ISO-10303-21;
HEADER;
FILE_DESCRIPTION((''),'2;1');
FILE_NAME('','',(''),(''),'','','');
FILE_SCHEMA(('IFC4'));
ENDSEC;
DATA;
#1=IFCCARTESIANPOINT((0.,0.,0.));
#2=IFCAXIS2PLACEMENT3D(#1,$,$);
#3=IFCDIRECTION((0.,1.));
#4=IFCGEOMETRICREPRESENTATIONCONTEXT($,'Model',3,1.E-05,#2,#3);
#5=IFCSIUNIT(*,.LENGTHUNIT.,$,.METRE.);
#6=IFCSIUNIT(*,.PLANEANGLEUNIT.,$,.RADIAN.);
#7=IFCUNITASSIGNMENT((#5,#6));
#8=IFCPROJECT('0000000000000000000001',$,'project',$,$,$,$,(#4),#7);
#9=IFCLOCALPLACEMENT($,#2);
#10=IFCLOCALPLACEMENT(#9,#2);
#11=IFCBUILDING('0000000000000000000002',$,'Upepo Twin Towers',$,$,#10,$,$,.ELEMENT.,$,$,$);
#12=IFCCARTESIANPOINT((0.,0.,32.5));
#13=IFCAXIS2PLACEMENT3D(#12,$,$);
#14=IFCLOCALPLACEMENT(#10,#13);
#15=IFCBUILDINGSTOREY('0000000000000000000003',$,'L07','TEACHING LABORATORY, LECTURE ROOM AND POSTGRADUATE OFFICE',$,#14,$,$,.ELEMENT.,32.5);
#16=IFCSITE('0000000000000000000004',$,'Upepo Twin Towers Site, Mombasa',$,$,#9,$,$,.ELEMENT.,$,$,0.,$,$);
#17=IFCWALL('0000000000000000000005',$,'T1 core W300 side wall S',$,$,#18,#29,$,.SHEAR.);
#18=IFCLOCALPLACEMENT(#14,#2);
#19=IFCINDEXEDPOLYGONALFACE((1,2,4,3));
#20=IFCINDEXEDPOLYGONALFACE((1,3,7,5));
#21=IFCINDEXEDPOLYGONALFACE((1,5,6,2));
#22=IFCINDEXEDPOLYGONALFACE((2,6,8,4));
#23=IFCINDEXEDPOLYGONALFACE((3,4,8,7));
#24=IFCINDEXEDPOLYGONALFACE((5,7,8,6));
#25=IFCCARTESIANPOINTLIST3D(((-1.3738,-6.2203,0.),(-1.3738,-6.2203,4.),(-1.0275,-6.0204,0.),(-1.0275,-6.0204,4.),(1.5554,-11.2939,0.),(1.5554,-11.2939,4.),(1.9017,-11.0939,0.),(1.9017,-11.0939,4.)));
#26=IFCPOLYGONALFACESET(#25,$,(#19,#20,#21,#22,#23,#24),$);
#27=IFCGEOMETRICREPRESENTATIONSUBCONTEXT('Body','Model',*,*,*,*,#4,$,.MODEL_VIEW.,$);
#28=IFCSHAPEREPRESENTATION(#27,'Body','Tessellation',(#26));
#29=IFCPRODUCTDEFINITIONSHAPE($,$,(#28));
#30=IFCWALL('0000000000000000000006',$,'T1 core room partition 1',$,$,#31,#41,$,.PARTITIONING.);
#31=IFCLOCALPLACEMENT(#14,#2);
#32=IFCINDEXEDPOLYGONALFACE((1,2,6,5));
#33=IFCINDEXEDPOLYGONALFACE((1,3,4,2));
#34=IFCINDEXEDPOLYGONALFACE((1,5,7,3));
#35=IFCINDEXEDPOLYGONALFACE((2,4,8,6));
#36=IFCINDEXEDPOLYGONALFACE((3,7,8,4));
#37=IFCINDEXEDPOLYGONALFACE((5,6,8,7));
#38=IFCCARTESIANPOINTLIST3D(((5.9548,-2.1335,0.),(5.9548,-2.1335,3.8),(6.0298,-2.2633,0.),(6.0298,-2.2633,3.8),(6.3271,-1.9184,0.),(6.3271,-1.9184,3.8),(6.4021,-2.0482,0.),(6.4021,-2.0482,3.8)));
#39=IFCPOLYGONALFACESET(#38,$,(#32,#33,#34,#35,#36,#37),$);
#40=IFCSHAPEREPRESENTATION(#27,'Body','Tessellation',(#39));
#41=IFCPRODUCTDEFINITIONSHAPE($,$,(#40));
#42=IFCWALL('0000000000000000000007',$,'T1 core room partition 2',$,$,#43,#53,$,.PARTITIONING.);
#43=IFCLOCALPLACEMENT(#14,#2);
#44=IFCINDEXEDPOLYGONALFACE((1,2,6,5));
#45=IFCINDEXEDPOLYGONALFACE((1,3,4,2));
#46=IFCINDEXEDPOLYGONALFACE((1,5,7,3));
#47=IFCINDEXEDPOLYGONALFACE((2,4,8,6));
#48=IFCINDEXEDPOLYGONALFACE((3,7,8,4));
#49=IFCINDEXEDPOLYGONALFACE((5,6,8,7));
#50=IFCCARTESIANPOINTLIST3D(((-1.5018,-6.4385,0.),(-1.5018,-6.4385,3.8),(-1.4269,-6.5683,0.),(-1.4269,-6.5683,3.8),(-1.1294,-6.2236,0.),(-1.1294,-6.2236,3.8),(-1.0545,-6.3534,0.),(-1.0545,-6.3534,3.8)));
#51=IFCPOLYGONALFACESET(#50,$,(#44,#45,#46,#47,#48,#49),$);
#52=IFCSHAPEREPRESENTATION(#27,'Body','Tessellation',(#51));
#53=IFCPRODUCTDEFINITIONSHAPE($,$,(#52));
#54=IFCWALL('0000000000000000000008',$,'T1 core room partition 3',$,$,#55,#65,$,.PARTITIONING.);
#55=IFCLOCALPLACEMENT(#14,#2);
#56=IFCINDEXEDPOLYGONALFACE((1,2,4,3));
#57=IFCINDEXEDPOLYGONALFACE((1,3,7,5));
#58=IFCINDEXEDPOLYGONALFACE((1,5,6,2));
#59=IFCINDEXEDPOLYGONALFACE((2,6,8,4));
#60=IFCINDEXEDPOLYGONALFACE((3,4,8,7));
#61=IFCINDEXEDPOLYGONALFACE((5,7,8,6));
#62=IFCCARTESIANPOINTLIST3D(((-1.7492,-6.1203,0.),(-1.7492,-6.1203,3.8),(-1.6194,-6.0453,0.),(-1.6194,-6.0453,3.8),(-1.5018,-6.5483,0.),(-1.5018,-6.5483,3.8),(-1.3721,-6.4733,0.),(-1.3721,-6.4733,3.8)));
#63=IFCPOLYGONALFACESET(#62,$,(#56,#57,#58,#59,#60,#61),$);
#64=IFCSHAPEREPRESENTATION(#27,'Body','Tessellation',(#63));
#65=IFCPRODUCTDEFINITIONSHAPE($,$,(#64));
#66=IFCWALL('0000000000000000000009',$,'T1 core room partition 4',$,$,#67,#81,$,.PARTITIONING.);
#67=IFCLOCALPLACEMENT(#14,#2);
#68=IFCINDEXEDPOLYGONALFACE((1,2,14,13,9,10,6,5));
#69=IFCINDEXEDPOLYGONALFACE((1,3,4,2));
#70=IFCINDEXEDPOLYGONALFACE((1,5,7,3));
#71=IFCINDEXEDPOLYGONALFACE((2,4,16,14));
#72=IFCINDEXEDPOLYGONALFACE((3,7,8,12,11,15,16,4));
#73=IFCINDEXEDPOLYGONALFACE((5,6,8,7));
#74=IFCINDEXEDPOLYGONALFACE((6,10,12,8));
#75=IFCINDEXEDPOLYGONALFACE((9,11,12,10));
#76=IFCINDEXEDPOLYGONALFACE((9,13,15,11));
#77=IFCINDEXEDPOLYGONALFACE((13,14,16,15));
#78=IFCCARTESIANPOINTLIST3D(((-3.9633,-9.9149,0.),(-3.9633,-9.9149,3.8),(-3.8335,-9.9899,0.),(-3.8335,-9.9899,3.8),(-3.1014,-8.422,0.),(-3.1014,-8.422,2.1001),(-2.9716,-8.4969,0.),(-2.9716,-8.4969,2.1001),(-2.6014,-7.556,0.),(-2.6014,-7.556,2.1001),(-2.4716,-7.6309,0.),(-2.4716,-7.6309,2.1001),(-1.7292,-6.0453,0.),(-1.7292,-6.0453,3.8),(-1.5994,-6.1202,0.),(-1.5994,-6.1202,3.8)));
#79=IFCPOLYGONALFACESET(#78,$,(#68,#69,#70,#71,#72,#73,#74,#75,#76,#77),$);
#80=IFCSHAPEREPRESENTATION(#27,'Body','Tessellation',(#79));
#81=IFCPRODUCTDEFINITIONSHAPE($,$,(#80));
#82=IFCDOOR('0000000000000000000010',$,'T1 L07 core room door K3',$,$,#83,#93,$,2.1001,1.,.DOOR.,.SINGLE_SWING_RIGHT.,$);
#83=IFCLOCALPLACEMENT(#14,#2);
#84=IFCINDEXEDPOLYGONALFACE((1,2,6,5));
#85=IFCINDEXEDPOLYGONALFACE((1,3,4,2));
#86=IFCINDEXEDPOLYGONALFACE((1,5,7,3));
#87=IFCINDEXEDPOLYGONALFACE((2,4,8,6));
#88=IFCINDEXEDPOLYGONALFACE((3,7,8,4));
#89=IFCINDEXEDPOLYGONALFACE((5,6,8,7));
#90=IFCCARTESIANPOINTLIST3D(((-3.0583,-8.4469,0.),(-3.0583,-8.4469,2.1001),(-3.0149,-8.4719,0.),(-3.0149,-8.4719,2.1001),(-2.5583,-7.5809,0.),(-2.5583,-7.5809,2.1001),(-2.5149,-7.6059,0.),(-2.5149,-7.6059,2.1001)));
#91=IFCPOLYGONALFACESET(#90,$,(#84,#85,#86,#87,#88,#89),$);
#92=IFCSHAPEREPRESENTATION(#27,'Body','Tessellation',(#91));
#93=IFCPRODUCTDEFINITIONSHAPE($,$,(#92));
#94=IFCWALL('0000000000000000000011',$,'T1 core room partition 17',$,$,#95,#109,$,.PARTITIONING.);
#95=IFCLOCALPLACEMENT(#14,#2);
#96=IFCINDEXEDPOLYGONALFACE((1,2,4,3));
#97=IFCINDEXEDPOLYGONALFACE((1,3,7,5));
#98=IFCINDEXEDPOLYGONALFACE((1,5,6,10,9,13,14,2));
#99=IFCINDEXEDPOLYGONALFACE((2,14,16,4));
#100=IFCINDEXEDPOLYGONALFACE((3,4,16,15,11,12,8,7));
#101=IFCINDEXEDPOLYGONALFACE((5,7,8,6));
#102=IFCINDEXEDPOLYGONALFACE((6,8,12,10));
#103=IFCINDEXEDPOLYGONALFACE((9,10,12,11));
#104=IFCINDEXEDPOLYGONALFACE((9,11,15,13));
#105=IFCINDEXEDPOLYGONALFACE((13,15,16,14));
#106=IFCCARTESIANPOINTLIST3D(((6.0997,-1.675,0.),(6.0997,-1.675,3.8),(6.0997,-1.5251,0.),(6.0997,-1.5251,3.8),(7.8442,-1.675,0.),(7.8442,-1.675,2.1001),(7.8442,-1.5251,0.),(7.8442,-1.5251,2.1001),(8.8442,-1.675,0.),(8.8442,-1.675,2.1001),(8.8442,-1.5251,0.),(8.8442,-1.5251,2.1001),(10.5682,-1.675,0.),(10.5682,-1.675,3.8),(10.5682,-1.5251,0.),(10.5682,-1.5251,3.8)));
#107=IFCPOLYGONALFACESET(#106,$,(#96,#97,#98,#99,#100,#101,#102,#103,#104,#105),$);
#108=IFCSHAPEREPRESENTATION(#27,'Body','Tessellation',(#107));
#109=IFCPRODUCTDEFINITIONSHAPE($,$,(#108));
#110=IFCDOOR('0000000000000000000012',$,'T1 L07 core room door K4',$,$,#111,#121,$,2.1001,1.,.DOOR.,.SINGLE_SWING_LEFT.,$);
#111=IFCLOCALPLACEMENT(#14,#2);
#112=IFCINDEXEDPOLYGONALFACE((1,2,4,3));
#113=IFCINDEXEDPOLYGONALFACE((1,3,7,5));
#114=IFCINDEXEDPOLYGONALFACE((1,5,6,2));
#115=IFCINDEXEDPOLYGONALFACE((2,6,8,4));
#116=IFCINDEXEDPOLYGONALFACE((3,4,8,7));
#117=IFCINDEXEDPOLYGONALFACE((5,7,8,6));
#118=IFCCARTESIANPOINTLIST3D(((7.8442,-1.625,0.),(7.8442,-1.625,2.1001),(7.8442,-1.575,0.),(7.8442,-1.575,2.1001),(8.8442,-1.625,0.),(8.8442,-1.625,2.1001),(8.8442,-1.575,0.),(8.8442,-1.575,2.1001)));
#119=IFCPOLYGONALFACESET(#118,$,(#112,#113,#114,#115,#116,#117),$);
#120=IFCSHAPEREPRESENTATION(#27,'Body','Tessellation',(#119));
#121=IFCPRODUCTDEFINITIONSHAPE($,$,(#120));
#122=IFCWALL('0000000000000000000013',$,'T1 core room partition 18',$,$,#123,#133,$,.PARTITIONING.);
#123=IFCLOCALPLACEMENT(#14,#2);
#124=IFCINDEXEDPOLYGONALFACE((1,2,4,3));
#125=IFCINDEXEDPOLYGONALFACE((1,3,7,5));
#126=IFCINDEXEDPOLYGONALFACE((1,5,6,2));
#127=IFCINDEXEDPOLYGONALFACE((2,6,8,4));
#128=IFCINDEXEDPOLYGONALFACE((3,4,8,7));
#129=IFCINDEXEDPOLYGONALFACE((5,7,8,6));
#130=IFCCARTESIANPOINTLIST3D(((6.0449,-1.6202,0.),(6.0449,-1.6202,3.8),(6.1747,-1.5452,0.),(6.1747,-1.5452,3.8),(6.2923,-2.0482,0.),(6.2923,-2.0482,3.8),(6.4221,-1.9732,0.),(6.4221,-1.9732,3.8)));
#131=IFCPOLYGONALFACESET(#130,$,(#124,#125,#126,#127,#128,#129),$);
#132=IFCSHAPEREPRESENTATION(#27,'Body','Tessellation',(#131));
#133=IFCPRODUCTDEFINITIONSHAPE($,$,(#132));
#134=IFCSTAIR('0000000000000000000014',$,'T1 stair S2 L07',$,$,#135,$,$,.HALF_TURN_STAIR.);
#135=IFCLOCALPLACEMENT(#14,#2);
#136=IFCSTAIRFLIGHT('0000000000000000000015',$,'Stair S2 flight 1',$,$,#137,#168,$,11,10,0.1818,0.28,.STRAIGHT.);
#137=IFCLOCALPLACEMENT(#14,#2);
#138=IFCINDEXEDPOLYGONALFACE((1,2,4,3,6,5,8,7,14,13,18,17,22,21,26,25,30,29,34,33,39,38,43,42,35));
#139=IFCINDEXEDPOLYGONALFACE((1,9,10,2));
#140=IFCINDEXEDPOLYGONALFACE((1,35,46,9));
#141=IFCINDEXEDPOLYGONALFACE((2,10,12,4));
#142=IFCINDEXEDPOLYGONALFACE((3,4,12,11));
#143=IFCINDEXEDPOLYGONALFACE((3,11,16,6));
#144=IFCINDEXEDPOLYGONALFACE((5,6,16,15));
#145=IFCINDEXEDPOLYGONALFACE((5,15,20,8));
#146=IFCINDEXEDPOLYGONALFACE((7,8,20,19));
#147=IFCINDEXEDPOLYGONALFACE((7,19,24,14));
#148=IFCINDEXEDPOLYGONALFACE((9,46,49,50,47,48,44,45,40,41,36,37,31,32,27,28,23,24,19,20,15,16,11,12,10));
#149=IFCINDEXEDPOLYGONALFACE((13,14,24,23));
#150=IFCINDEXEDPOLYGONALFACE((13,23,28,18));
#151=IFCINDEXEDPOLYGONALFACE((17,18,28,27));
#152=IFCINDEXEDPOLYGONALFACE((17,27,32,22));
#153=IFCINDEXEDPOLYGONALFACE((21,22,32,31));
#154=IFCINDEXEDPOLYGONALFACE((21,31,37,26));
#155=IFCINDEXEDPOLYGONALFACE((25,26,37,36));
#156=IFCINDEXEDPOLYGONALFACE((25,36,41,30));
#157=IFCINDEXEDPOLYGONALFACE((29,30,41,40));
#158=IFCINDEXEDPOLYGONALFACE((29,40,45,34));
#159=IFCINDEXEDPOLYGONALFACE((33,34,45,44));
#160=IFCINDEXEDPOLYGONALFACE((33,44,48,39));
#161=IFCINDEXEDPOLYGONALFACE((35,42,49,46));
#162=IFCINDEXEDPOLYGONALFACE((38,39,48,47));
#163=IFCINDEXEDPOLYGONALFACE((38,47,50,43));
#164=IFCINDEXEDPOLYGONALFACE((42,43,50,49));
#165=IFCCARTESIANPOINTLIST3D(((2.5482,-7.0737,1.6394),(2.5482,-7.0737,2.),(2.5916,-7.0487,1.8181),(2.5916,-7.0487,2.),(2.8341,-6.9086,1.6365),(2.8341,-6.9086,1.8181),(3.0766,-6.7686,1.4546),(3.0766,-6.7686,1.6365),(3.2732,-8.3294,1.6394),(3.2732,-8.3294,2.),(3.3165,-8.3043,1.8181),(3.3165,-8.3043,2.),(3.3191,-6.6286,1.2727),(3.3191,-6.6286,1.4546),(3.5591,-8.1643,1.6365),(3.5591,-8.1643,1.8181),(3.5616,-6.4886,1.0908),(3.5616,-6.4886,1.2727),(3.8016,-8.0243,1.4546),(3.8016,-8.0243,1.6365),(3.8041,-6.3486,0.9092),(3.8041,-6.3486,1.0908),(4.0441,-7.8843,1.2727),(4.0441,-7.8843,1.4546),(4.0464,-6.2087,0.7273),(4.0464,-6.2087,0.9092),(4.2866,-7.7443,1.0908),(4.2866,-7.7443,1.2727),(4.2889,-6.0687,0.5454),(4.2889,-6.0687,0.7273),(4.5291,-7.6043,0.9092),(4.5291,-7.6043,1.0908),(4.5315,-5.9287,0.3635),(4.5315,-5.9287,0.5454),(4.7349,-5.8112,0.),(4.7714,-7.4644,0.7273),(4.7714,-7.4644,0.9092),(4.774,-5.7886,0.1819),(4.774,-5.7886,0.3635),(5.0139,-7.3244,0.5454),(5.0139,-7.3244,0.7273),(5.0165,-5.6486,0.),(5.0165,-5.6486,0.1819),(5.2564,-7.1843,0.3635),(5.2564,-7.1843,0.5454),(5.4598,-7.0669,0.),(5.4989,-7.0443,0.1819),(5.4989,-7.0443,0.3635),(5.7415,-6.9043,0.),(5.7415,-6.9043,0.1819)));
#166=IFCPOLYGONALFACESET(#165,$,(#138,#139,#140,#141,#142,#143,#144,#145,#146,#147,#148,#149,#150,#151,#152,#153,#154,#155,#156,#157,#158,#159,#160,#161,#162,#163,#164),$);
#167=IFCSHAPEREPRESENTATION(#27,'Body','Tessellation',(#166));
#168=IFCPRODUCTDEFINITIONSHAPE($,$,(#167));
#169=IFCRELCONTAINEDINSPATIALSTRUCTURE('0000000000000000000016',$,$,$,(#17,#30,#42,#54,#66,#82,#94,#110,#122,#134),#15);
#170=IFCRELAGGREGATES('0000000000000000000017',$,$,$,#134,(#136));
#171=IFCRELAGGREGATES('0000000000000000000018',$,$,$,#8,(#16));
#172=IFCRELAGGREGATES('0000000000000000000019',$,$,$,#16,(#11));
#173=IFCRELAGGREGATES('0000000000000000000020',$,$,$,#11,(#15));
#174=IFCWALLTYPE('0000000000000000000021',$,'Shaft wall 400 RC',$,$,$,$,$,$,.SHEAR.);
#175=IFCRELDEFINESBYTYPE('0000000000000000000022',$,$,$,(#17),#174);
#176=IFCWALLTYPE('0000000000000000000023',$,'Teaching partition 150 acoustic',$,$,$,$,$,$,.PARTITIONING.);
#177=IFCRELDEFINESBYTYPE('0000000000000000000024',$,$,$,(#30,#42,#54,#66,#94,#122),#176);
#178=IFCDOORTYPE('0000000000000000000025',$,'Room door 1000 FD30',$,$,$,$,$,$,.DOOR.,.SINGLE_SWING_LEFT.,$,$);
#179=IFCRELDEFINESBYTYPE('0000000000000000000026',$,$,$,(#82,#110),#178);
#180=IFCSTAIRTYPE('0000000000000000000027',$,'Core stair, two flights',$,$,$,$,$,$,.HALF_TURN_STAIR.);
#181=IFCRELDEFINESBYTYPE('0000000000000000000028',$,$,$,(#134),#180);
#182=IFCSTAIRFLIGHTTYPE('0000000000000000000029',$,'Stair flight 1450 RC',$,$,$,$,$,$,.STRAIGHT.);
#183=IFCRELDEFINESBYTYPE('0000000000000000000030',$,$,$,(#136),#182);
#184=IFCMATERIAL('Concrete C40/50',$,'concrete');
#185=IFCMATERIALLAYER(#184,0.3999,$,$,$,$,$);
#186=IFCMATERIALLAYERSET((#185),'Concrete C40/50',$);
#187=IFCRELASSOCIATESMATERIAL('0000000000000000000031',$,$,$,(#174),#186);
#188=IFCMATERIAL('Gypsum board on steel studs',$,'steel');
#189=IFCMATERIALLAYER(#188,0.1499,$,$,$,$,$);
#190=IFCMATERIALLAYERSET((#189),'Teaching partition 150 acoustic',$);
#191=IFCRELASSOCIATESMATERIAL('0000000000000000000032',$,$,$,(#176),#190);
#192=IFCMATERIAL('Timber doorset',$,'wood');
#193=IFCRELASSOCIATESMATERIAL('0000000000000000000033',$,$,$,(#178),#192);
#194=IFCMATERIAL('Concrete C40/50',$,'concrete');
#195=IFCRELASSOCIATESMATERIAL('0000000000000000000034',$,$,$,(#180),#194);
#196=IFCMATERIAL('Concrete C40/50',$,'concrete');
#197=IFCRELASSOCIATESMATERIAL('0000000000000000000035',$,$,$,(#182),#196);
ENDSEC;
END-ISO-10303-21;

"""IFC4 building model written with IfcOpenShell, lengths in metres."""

from ifc_helpers import new_model, si_unit, direction, frame, frame_2d, origin, place, context, subcontext, project, spatial, polyline, rectangle, outline, extrude, material, layer, layer_set, type_object, element, fill, aggregate, save


model = new_model("IFC4")

# Units and contexts
model_context = context("Model", 3, precision=1e-05, world=origin(), true_north=direction((0.0, 1.0)))
body_context = subcontext(model_context, "Body", "Model", "MODEL_VIEW")
ifc_project = project(units=[si_unit("LENGTHUNIT", "METRE"), si_unit("PLANEANGLEUNIT", "RADIAN")], contexts=[model_context])

# Site, building, storey
site_placement = place(None, origin())
site = spatial("IfcSite", under=ifc_project, at=site_placement, Name="Upepo Twin Towers Site, Mombasa", CompositionType="ELEMENT", RefElevation=0.0)
building_placement = place(site_placement, origin())
building = spatial("IfcBuilding", under=site, at=building_placement, Name="Upepo Twin Towers", CompositionType="ELEMENT")
storey_placement = place(building_placement, frame((0.0, 0.0, 32.5)))
storey = spatial("IfcBuildingStorey", under=building, at=storey_placement, Name="L07", Description="TEACHING LABORATORY, LECTURE ROOM AND POSTGRADUATE OFFICE", CompositionType="ELEMENT", Elevation=32.5)

# Walls
ifc_material_1 = material(Name="Concrete C40/50", Category="concrete")
ifc_layer_1 = layer(ifc_material_1, 0.3999)
ifc_layer_set_1 = layer_set([ifc_layer_1], Name="Concrete C40/50")
wall_type_1 = type_object("IfcWallType", Name="Shaft wall 400 RC", PredefinedType="SHEAR", material=ifc_layer_set_1)
for number, where, z_axis, x_axis, name in (
    (1, (-1.2007, -6.1204, 0.0), (0.0, 0.0, 1.0), (0.500003, -0.866024, 0.0), "T1 core W300 side wall S"),
):
    element("IfcWall", number, at=place(storey_placement, frame(where, z_axis=z_axis, x_axis=x_axis)), inside=storey, type_object=wall_type_1, Name=name, PredefinedType="SHEAR", context=body_context, shape_type="SweptSolid", body=[
        extrude(rectangle(XDim=5.8584, YDim=0.3999, at=frame_2d((2.9292, 0.0))), origin(), (0.0, 0.0, 1.0), 4.0),
    ])
ifc_material_2 = material(Name="Gypsum board on steel studs", Category="steel")
ifc_layer_2 = layer(ifc_material_2, 0.1499)
ifc_layer_set_2 = layer_set([ifc_layer_2], Name="Teaching partition 150 acoustic")
wall_type_2 = type_object("IfcWallType", Name="Teaching partition 150 acoustic", PredefinedType="PARTITIONING", material=ifc_layer_set_2)
for number, where, z_axis, x_axis, name in (
    (2, (6.3645, -1.9834, 0.0), (0.0, 0.0, 1.0), (-0.865892, -0.50023, 0.0), "T1 core room partition 1"),
    (3, (-1.092, -6.2886, 0.0), (0.0, 0.0, 1.0), (-0.866138, -0.499804, 0.0), "T1 core room partition 2"),
):
    element("IfcWall", number, at=place(storey_placement, frame(where, z_axis=z_axis, x_axis=x_axis)), inside=storey, type_object=wall_type_2, Name=name, PredefinedType="PARTITIONING", context=body_context, shape_type="SweptSolid", body=[
        extrude(rectangle(XDim=0.4299, YDim=0.1499, at=frame_2d((0.2148, 0.0))), origin(), (0.0, 0.0, 1.0), 3.8),
    ])
wall_1_placement = place(storey_placement, frame((-1.437, -6.5107, 0.0), z_axis=(0.0, 0.0, 1.0), x_axis=(-0.500335, 0.865832, 0.0)))
element("IfcWall", 4, at=wall_1_placement, inside=storey, type_object=wall_type_2, Name="T1 core room partition 3", PredefinedType="PARTITIONING", context=body_context, shape_type="SweptSolid", body=[
    extrude(rectangle(XDim=0.4944, YDim=0.1499, at=frame_2d((0.2471, 0.0))), origin(), (0.0, 0.0, 1.0), 3.8),
])

# Walls, openings, doors
wall_2_placement = place(storey_placement, frame((-1.6643, -6.0828, 0.0), z_axis=(0.0, 0.0, 1.0), x_axis=(-0.5, -0.866025, 0.0)))
wall_2 = element("IfcWall", 5, at=wall_2_placement, inside=storey, type_object=wall_type_2, Name="T1 core room partition 4", PredefinedType="PARTITIONING", context=body_context, shape_type="SweptSolid", body=[
    extrude(rectangle(XDim=4.4683, YDim=0.1499, at=frame_2d((2.2341, 0.0))), origin(), (0.0, 0.0, 1.0), 3.8),
])
opening_1_placement = place(wall_2_placement, frame((1.7444, 0.0, 0.0)))
opening_1 = element("IfcOpeningElement", 6, at=opening_1_placement, cuts=wall_2, PredefinedType="OPENING", context=body_context, shape_type="SweptSolid", body=[
    extrude(rectangle(XDim=1.0, YDim=2.1001, at=frame_2d((0.5, 1.05))), frame((0.0, 0.085, 0.0), z_axis=(0.0, -1.0, 0.0), x_axis=(1.0, 0.0, 0.0)), (0.0, 0.0, 1.0), 0.1699),
])
ifc_material_3 = material(Name="Timber doorset", Category="wood")
door_type_1 = type_object("IfcDoorType", Name="Room door 1000 FD30", OperationType="SINGLE_SWING_LEFT", PredefinedType="DOOR", material=ifc_material_3)
door_1_placement = place(opening_1_placement, origin())
door_1 = element("IfcDoor", 7, at=door_1_placement, inside=storey, type_object=door_type_1, Name="T1 L07 core room door K3", OperationType="SINGLE_SWING_RIGHT", OverallHeight=2.1001, OverallWidth=1.0, PredefinedType="DOOR", context=body_context, shape_type="SweptSolid", body=[
    extrude(rectangle(XDim=1.0, YDim=2.1001, at=frame_2d((0.5, 1.05))), frame((0.0, 0.0249, 0.0), z_axis=(0.0, -1.0, 0.0), x_axis=(1.0, 0.0, 0.0)), (0.0, 0.0, 1.0), 0.05),
])
fill(opening_1, door_1)
wall_3_placement = place(storey_placement, frame((10.5684, -1.6001, 0.0), z_axis=(0.0, 0.0, 1.0), x_axis=(-1.0, 0.0, 0.0)))
wall_3 = element("IfcWall", 8, at=wall_3_placement, inside=storey, type_object=wall_type_2, Name="T1 core room partition 17", PredefinedType="PARTITIONING", context=body_context, shape_type="SweptSolid", body=[
    extrude(rectangle(XDim=4.4685, YDim=0.1499, at=frame_2d((2.2344, 0.0))), origin(), (0.0, 0.0, 1.0), 3.8),
])
opening_2_placement = place(wall_3_placement, frame((1.7241, 0.0, 0.0)))
opening_2 = element("IfcOpeningElement", 9, at=opening_2_placement, cuts=wall_3, PredefinedType="OPENING", context=body_context, shape_type="SweptSolid", body=[
    extrude(rectangle(XDim=1.0, YDim=2.1001, at=frame_2d((0.5, 1.05))), frame((0.0, 0.085, 0.0), z_axis=(0.0, -1.0, 0.0), x_axis=(1.0, 0.0, 0.0)), (0.0, 0.0, 1.0), 0.1699),
])
door_2_placement = place(opening_2_placement, origin())
door_2 = element("IfcDoor", 10, at=door_2_placement, inside=storey, type_object=door_type_1, Name="T1 L07 core room door K4", OperationType="SINGLE_SWING_LEFT", OverallHeight=2.1001, OverallWidth=1.0, PredefinedType="DOOR", context=body_context, shape_type="SweptSolid", body=[
    extrude(rectangle(XDim=1.0, YDim=2.1001, at=frame_2d((0.5, 1.05))), frame((0.0, 0.0249, 0.0), z_axis=(0.0, -1.0, 0.0), x_axis=(1.0, 0.0, 0.0)), (0.0, 0.0, 1.0), 0.05),
])
fill(opening_2, door_2)

# Wall
wall_4_placement = place(storey_placement, frame((6.1099, -1.5828, 0.0), z_axis=(0.0, 0.0, 1.0), x_axis=(0.500335, -0.865832, 0.0)))
element("IfcWall", 11, at=wall_4_placement, inside=storey, type_object=wall_type_2, Name="T1 core room partition 18", PredefinedType="PARTITIONING", context=body_context, shape_type="SweptSolid", body=[
    extrude(rectangle(XDim=0.4944, YDim=0.1499, at=frame_2d((0.2471, 0.0))), origin(), (0.0, 0.0, 1.0), 3.8),
])

# Stair, stair flight
ifc_material_4 = material(Name="Concrete C40/50", Category="concrete")
stair_type = type_object("IfcStairType", Name="Core stair, two flights", PredefinedType="HALF_TURN_STAIR", material=ifc_material_4)
stair_placement = place(storey_placement, origin())
stair = element("IfcStair", 12, at=stair_placement, inside=storey, type_object=stair_type, Name="T1 stair S2 L07", PredefinedType="HALF_TURN_STAIR")
ifc_material_5 = material(Name="Concrete C40/50", Category="concrete")
stair_flight_type = type_object("IfcStairFlightType", Name="Stair flight 1450 RC", PredefinedType="STRAIGHT", material=ifc_material_5)
stair_flight_placement = place(storey_placement, frame((5.3789, -6.2764, 0.0), z_axis=(0.0, 0.0, 1.0), x_axis=(-0.866025, -0.5, 0.0)))
stair_flight = element("IfcStairFlight", 13, at=stair_flight_placement, type_object=stair_flight_type, Name="Stair S2 flight 1", NumberOfRisers=11, NumberOfTreads=10, PredefinedType="STRAIGHT", RiserHeight=0.1818, TreadLength=0.28, context=body_context, shape_type="SweptSolid", body=[
    extrude(outline(polyline([(0.0, 0.0), (0.0, 0.1819), (0.28, 0.1819), (0.28, 0.3635), (0.5601, 0.3635), (0.5601, 0.5454), (0.8401, 0.5454), (0.8401, 0.7273), (1.1201, 0.7273), (1.1201, 0.9092), (1.3999, 0.9092), (1.3999, 1.0908), (1.6799, 1.0908), (1.6799, 1.2727), (1.96, 1.2727), (1.96, 1.4546), (2.24, 1.4546), (2.24, 1.6365), (2.52, 1.6365), (2.52, 1.8181), (2.8, 1.8181), (2.8, 2.0), (2.8501, 2.0), (2.8501, 1.6394), (0.3252, 0.0), (0.0, 0.0)])), frame((0.0, 0.7251, 0.0), z_axis=(0.0, -1.0, 0.0), x_axis=(1.0, 0.0, 0.0)), (0.0, 0.0, 1.0), 1.45),
])
aggregate(stair, [stair_flight])

save(model, "model.ifc")
